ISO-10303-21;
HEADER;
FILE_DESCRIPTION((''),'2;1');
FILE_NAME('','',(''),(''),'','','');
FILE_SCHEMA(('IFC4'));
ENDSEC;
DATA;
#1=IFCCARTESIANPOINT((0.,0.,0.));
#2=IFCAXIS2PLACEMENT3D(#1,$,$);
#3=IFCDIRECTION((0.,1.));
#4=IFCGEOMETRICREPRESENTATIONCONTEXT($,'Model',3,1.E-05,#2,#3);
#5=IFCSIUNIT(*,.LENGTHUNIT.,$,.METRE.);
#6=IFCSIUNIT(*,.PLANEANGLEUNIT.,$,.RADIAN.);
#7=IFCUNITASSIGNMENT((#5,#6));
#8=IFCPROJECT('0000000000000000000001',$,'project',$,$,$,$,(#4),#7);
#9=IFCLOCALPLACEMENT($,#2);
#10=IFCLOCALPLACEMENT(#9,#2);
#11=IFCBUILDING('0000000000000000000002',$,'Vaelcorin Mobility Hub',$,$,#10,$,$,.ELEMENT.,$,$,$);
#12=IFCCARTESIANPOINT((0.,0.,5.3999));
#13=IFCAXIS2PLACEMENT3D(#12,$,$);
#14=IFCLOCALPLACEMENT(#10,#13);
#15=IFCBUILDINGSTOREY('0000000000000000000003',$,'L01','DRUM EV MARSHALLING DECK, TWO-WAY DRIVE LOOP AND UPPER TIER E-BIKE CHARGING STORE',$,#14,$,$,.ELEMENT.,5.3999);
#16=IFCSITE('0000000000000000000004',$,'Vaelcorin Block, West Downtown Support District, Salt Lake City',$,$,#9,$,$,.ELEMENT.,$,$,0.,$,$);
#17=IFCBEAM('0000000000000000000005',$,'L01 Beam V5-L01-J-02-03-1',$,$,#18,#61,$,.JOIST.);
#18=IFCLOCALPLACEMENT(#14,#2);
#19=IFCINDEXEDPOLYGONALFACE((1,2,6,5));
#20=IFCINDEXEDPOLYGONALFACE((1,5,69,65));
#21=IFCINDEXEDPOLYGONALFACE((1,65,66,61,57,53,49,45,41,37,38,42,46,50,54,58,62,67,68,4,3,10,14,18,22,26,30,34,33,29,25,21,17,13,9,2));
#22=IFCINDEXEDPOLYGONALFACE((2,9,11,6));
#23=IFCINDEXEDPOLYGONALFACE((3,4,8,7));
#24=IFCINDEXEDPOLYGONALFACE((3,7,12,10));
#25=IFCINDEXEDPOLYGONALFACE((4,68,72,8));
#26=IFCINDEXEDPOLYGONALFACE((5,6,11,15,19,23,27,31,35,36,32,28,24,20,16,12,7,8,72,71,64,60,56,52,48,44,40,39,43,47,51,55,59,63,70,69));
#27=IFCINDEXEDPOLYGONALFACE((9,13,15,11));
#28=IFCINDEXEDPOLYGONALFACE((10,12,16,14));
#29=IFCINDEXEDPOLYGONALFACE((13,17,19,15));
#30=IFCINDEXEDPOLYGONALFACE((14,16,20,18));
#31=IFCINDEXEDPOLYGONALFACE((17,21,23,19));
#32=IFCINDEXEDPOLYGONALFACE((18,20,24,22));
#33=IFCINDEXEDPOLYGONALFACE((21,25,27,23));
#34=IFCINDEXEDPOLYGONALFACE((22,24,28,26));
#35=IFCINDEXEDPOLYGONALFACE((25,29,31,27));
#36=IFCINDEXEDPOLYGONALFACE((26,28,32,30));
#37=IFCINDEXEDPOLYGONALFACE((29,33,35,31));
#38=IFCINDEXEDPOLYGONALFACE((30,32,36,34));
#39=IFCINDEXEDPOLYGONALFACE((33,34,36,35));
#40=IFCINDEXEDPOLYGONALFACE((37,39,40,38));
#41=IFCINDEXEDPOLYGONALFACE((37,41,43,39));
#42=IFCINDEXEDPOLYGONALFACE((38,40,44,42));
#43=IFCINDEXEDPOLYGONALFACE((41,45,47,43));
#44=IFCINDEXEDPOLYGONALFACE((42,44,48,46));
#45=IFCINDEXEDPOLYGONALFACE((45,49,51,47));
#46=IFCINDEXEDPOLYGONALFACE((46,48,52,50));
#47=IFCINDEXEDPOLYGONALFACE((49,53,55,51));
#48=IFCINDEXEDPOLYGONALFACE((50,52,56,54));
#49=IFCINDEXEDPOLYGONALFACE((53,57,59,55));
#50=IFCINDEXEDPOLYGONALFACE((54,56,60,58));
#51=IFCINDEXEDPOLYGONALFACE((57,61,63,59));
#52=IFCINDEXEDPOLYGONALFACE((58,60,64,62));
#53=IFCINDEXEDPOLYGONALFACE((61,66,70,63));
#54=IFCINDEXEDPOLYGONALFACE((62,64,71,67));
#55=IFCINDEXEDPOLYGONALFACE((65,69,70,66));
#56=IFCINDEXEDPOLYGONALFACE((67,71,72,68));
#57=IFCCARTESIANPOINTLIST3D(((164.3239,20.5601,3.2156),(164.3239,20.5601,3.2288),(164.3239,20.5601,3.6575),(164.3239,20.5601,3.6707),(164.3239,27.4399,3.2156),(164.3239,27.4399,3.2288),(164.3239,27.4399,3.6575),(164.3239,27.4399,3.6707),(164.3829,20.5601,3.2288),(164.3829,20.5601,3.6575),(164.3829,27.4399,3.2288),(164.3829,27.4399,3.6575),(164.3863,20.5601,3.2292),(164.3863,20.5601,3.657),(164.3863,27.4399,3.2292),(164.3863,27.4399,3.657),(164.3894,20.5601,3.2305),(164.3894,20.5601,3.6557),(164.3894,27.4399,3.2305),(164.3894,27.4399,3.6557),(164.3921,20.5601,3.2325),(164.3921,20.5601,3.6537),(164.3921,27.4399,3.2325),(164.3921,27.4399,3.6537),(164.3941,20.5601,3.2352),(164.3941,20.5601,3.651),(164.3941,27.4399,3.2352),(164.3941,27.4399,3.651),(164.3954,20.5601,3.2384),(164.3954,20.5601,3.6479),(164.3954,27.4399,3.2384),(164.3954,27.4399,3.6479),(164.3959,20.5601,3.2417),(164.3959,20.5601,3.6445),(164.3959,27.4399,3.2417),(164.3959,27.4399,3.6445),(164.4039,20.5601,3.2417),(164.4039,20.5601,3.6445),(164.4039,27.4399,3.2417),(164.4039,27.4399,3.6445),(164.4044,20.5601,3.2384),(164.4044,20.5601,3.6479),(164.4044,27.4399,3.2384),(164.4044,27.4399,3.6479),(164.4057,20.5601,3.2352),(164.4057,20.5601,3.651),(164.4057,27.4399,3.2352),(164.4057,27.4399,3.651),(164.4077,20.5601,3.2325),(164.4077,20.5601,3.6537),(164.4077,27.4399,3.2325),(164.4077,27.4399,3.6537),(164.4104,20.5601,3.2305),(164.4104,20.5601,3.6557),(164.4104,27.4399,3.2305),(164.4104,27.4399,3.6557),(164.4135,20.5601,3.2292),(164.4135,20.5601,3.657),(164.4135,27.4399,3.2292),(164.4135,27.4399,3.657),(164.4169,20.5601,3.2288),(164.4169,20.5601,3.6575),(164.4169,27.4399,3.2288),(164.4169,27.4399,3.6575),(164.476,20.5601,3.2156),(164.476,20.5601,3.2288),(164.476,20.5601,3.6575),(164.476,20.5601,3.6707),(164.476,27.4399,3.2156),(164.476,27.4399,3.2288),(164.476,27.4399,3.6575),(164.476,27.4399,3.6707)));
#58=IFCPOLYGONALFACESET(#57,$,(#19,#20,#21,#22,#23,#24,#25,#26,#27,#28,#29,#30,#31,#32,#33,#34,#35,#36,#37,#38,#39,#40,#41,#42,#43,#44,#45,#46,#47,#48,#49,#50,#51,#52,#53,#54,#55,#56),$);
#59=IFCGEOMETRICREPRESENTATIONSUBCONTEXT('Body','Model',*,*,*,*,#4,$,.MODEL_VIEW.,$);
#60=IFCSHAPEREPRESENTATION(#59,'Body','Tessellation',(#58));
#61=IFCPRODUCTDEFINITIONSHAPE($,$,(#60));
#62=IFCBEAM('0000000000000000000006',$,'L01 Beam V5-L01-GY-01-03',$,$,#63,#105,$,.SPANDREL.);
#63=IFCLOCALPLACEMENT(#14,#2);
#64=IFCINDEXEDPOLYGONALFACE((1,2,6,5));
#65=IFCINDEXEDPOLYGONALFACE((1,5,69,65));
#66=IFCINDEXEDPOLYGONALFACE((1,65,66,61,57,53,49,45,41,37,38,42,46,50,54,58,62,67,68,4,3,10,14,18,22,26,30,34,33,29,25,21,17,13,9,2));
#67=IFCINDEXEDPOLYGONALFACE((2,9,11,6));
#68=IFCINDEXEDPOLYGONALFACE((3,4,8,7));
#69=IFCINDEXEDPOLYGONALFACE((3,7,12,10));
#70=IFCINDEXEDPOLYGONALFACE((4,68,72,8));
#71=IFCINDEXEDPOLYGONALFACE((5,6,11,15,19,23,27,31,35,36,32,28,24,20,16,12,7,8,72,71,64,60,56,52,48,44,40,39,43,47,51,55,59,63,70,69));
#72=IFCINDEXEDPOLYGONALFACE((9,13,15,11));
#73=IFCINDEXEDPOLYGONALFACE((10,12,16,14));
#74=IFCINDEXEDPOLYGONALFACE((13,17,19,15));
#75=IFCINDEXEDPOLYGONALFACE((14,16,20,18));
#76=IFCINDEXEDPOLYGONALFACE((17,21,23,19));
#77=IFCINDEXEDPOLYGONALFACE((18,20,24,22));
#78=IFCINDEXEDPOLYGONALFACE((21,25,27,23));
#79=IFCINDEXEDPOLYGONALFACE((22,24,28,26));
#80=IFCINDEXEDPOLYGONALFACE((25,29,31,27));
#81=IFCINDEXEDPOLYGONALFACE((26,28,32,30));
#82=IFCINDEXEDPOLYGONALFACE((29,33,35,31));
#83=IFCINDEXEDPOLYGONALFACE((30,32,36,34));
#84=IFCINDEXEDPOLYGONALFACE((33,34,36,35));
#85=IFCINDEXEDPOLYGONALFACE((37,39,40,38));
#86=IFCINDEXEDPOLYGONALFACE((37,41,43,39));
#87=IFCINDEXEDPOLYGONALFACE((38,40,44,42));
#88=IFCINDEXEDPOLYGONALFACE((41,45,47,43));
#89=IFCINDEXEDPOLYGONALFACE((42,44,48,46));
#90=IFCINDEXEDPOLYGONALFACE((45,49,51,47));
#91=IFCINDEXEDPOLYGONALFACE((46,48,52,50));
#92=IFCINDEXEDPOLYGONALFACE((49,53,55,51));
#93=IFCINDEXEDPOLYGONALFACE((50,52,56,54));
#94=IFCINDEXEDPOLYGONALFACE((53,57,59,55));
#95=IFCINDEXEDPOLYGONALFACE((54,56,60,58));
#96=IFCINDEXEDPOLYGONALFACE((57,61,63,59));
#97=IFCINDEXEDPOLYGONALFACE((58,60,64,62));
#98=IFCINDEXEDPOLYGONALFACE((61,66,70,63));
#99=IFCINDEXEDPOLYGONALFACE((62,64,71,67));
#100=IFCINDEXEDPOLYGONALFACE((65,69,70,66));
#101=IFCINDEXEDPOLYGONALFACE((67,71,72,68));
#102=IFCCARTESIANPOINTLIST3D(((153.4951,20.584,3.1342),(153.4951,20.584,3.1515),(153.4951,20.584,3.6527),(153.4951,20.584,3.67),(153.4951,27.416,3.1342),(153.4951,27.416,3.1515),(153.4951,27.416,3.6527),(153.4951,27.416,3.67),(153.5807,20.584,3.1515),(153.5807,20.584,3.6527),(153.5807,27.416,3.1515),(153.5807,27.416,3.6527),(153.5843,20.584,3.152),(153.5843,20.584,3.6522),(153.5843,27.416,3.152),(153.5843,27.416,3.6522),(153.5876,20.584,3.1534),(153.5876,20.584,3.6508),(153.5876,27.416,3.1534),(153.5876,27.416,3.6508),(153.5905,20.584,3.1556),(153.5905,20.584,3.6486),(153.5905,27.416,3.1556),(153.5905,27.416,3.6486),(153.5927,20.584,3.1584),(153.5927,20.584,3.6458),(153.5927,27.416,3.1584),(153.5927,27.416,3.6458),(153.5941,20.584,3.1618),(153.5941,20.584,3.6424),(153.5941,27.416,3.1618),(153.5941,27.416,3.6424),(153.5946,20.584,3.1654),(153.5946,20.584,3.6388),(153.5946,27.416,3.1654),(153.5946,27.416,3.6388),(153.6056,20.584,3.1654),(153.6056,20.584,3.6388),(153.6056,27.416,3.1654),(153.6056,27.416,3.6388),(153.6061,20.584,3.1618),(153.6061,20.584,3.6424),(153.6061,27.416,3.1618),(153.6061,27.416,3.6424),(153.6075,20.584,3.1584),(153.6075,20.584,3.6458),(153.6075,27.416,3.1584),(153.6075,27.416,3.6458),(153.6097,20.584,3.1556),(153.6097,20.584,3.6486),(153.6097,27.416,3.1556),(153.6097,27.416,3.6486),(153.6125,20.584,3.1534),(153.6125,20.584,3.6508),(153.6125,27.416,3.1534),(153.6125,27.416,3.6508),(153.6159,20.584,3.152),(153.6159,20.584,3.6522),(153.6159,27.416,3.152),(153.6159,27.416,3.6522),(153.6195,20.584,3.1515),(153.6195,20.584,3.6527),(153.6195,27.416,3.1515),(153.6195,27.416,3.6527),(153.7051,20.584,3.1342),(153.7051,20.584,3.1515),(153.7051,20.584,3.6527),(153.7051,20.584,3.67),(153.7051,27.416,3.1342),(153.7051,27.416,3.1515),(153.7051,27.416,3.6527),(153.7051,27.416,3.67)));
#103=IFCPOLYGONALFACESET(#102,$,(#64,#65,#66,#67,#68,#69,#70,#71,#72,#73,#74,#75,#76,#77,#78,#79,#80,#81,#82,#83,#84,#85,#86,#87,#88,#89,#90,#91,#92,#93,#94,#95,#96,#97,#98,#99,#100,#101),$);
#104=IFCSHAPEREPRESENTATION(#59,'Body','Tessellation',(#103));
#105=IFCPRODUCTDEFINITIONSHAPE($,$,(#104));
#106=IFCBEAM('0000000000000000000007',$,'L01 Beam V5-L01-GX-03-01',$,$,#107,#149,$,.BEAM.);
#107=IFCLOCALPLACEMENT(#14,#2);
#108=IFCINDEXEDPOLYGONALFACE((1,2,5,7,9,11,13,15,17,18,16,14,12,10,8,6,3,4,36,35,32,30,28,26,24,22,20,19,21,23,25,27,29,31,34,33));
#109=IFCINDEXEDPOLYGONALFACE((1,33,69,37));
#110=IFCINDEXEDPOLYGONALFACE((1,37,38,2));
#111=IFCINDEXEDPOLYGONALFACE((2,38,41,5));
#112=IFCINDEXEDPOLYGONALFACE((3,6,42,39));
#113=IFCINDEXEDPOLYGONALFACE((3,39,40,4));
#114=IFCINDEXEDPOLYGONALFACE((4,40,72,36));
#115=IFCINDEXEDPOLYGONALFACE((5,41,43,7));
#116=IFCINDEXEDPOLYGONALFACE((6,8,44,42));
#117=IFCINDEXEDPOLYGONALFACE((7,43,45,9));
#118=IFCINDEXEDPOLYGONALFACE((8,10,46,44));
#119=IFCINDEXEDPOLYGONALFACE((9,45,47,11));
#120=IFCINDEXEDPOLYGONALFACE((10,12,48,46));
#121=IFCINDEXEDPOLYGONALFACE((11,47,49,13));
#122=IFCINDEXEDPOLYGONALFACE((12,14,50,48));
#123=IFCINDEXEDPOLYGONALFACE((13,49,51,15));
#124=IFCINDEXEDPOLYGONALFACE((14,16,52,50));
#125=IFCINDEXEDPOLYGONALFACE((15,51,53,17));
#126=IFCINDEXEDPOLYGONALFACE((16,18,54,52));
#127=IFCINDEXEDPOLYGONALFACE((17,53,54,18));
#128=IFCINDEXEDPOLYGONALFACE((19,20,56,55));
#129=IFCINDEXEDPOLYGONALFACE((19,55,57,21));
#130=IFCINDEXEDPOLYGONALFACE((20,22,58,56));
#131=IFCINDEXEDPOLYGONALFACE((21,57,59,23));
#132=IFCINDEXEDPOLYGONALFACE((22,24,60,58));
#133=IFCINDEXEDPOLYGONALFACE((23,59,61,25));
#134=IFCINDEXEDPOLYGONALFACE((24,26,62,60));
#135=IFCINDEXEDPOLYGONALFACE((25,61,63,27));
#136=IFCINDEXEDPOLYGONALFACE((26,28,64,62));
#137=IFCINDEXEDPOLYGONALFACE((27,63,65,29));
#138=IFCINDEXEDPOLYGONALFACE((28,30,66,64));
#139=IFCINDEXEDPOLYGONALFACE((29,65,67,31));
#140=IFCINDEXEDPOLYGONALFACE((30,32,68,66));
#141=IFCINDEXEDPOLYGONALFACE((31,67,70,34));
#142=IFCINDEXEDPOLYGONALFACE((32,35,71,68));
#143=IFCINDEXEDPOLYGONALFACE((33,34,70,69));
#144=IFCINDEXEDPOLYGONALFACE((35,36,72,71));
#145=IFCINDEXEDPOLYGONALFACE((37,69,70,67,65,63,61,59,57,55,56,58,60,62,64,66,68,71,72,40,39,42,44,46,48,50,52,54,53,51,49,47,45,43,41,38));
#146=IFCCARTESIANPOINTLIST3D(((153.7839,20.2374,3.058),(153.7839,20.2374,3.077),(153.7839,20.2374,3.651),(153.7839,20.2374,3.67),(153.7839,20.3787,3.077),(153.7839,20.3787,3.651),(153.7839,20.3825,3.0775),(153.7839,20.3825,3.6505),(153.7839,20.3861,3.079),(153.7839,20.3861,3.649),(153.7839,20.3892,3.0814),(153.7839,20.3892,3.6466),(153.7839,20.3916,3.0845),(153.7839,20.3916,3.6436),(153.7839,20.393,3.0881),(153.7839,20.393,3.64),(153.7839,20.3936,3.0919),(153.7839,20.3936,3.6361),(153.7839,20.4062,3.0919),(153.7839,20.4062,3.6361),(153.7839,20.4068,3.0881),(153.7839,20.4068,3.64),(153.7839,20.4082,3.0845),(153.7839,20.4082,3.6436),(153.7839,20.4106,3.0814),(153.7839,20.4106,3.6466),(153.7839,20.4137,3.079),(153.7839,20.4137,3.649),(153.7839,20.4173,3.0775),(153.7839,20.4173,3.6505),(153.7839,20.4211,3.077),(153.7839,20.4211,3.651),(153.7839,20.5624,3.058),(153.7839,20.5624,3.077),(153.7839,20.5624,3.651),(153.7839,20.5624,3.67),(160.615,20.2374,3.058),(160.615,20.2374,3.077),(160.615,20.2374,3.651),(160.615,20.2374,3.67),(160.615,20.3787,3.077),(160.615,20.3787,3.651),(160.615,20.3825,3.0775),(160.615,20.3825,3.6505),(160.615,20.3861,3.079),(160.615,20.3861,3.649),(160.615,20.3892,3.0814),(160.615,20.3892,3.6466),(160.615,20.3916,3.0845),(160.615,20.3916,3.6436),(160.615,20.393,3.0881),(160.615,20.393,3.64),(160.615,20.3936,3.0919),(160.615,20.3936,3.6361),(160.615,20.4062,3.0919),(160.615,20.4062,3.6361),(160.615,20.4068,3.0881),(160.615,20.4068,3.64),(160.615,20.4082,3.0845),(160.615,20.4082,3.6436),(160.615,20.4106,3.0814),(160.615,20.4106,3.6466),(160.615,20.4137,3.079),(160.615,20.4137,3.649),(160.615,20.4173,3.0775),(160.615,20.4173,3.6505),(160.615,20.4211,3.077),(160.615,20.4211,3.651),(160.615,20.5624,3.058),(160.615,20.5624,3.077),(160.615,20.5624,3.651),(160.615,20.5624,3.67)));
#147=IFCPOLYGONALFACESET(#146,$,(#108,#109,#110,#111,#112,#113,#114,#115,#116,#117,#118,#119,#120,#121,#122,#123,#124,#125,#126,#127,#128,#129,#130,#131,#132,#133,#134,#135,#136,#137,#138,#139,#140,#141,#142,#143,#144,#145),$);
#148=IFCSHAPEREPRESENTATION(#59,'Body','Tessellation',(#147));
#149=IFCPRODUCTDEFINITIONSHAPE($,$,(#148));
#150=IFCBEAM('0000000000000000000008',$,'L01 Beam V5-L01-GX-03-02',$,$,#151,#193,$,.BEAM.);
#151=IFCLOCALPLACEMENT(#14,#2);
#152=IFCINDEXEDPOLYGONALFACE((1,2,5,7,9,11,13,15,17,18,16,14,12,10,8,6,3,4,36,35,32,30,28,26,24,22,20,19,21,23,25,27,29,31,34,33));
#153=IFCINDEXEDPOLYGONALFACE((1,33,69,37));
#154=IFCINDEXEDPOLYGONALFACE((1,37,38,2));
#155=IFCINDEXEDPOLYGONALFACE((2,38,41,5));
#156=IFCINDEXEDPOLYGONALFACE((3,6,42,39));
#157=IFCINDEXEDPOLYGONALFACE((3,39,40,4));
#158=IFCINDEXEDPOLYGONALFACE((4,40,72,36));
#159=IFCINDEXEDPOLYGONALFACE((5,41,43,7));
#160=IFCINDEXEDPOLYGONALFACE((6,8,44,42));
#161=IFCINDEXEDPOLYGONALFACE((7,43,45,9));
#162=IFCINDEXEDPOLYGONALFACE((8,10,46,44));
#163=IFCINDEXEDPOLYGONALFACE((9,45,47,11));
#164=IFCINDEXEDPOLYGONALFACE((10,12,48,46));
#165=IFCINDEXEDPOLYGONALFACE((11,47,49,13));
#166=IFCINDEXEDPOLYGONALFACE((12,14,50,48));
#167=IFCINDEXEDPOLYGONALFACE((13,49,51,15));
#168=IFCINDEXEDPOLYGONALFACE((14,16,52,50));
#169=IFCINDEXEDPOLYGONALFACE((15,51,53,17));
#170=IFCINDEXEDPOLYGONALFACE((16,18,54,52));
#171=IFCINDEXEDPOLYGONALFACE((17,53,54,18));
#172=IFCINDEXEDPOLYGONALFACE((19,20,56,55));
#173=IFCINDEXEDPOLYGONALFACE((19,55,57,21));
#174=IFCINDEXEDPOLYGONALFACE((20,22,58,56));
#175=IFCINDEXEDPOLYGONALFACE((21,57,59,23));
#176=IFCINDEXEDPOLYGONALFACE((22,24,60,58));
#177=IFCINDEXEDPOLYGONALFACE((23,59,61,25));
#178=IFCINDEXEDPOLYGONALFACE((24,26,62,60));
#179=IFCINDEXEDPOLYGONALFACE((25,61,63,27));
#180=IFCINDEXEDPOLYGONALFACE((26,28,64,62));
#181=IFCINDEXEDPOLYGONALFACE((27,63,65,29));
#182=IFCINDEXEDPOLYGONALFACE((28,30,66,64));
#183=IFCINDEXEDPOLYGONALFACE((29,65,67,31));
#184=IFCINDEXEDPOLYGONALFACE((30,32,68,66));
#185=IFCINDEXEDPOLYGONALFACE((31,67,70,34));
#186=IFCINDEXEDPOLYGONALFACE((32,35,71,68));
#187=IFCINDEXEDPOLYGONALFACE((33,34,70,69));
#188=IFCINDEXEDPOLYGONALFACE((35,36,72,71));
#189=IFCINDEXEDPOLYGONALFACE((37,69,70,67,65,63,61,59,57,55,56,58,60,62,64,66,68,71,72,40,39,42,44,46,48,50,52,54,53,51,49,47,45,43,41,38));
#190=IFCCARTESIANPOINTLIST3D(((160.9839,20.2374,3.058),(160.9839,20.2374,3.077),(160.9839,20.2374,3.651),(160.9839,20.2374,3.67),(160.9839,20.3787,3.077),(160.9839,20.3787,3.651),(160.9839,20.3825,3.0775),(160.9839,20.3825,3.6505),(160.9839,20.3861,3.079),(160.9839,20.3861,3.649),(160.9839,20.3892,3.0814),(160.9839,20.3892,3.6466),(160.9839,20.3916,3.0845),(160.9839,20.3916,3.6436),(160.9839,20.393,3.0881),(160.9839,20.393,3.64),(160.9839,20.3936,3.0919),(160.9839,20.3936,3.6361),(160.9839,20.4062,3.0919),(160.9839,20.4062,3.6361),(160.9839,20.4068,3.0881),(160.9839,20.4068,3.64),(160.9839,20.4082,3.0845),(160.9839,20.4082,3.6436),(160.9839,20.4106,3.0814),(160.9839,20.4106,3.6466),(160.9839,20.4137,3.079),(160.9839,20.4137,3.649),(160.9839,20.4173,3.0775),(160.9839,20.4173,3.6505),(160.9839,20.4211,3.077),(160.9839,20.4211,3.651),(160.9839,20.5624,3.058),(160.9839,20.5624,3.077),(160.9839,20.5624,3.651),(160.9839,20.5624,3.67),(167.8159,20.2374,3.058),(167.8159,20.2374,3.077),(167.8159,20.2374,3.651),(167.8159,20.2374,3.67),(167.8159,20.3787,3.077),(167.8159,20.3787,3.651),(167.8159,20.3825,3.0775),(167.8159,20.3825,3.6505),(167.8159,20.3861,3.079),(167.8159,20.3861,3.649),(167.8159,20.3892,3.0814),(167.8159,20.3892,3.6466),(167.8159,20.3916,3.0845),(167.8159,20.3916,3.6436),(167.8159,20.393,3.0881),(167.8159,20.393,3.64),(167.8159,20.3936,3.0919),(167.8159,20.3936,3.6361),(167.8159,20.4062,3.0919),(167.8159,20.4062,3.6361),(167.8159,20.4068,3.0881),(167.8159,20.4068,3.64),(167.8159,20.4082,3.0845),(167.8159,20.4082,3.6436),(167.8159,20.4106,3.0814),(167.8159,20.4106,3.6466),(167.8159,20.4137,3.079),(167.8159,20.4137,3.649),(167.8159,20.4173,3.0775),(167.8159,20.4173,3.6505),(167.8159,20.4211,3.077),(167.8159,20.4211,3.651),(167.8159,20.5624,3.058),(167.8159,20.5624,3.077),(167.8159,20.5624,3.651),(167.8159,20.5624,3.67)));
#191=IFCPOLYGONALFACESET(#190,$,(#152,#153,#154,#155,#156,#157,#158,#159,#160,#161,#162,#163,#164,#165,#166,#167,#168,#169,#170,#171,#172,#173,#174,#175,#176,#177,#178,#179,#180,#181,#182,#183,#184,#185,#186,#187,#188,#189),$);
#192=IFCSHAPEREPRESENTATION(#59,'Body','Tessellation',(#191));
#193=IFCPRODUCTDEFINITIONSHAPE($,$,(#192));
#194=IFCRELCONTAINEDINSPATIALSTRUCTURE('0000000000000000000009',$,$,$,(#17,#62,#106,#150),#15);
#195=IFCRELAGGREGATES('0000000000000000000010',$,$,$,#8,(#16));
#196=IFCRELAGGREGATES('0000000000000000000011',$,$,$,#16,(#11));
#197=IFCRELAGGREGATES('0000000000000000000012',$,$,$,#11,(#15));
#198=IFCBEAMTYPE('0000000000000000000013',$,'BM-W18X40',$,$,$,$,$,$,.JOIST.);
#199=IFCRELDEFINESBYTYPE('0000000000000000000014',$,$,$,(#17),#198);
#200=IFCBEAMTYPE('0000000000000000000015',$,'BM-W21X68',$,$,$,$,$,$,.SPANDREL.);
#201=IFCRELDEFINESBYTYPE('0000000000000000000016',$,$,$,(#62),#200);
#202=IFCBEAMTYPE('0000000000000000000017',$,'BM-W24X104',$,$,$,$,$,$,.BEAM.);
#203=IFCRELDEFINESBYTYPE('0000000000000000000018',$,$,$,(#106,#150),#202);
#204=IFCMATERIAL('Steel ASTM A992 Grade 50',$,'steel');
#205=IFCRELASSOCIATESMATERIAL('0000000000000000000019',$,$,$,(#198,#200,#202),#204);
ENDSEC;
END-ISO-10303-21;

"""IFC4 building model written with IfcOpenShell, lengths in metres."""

from ifc_helpers import new_model, si_unit, direction, frame, origin, origin_2d, place, context, subcontext, project, spatial, i_section, extrude, material, material_profile, profile_set, type_object, element, save


model = new_model("IFC4")

# Units and contexts
model_context = context("Model", 3, precision=1e-05, world=origin(), true_north=direction((0.0, 1.0)))
body_context = subcontext(model_context, "Body", "Model", "MODEL_VIEW")
ifc_project = project(units=[si_unit("LENGTHUNIT", "METRE"), si_unit("PLANEANGLEUNIT", "RADIAN")], contexts=[model_context])

# Site, building, storey
site_placement = place(None, origin())
site = spatial("IfcSite", under=ifc_project, at=site_placement, Name="Vaelcorin Block, West Downtown Support District, Salt Lake City", CompositionType="ELEMENT", RefElevation=0.0)
building_placement = place(site_placement, origin())
building = spatial("IfcBuilding", under=site, at=building_placement, Name="Vaelcorin Mobility Hub", CompositionType="ELEMENT")
storey_placement = place(building_placement, frame((0.0, 0.0, 5.3999)))
storey = spatial("IfcBuildingStorey", under=building, at=storey_placement, Name="L01", Description="DRUM EV MARSHALLING DECK, TWO-WAY DRIVE LOOP AND UPPER TIER E-BIKE CHARGING STORE", CompositionType="ELEMENT", Elevation=5.3999)

# Shared definitions
ifc_material_1 = material(Name="Steel ASTM A992 Grade 50", Category="steel")

# Beams
ifc_material_profile_1 = material_profile(ifc_material_1, i_section(OverallWidth=0.1521, OverallDepth=0.4551, WebThickness=0.0081, FlangeThickness=0.0132, FilletRadius=0.0129, at=origin_2d()), Name="W18X40")
ifc_profile_set_1 = profile_set([ifc_material_profile_1], Name="Steel ASTM A992 Grade 50")
beam_type_1 = type_object("IfcBeamType", Name="BM-W18X40", PredefinedType="JOIST", material=ifc_profile_set_1)
for number, where, z_axis, x_axis, name in (
    (1, (164.3999, 20.5601, 3.4431), (0.0, 1.0, 0.0), (-1.0, 0.0, 0.0), "L01 Beam V5-L01-J-02-03-1"),
):
    element("IfcBeam", number, at=place(storey_placement, frame(where, z_axis=z_axis, x_axis=x_axis)), inside=storey, type_object=beam_type_1, Name=name, PredefinedType="JOIST", context=body_context, shape_type="SweptSolid", body=[
        extrude(i_section(OverallWidth=0.1521, OverallDepth=0.4551, WebThickness=0.0081, FlangeThickness=0.0132, FilletRadius=0.0129, at=origin_2d()), origin(), (0.0, 0.0, 1.0), 6.8799),
    ])
ifc_material_profile_2 = material_profile(ifc_material_1, i_section(OverallWidth=0.21, OverallDepth=0.5359, WebThickness=0.011, FlangeThickness=0.0173, FilletRadius=0.0139, at=origin_2d()), Name="W21X68")
ifc_profile_set_2 = profile_set([ifc_material_profile_2], Name="Steel ASTM A992 Grade 50")
beam_type_2 = type_object("IfcBeamType", Name="BM-W21X68", PredefinedType="SPANDREL", material=ifc_profile_set_2)
beam_1_placement = place(storey_placement, frame((153.6001, 20.584, 3.4021), z_axis=(0.0, 1.0, 0.0), x_axis=(-1.0, 0.0, 0.0)))
element("IfcBeam", 2, at=beam_1_placement, inside=storey, type_object=beam_type_2, Name="L01 Beam V5-L01-GY-01-03", PredefinedType="SPANDREL", context=body_context, shape_type="SweptSolid", body=[
    extrude(i_section(OverallWidth=0.21, OverallDepth=0.5359, WebThickness=0.011, FlangeThickness=0.0173, FilletRadius=0.0139, at=origin_2d()), origin(), (0.0, 0.0, 1.0), 6.832),
])
ifc_material_profile_3 = material_profile(ifc_material_1, i_section(OverallWidth=0.325, OverallDepth=0.6121, WebThickness=0.0127, FlangeThickness=0.019, FilletRadius=0.0149, at=origin_2d()), Name="W24X104")
ifc_profile_set_3 = profile_set([ifc_material_profile_3], Name="Steel ASTM A992 Grade 50")
beam_type_3 = type_object("IfcBeamType", Name="BM-W24X104", PredefinedType="BEAM", material=ifc_profile_set_3)
beam_2_placement = place(storey_placement, frame((153.7839, 20.3999, 3.364), z_axis=(1.0, 0.0, 0.0), x_axis=(0.0, 1.0, 0.0)))
element("IfcBeam", 3, at=beam_2_placement, inside=storey, type_object=beam_type_3, Name="L01 Beam V5-L01-GX-03-01", PredefinedType="BEAM", context=body_context, shape_type="SweptSolid", body=[
    extrude(i_section(OverallWidth=0.325, OverallDepth=0.6121, WebThickness=0.0127, FlangeThickness=0.019, FilletRadius=0.0149, at=origin_2d()), origin(), (0.0, 0.0, 1.0), 6.8311),
])
beam_3_placement = place(storey_placement, frame((160.9839, 20.3999, 3.364), z_axis=(1.0, 0.0, 0.0), x_axis=(0.0, 1.0, 0.0)))
element("IfcBeam", 4, at=beam_3_placement, inside=storey, type_object=beam_type_3, Name="L01 Beam V5-L01-GX-03-02", PredefinedType="BEAM", context=body_context, shape_type="SweptSolid", body=[
    extrude(i_section(OverallWidth=0.325, OverallDepth=0.6121, WebThickness=0.0127, FlangeThickness=0.019, FilletRadius=0.0149, at=origin_2d()), origin(), (0.0, 0.0, 1.0), 6.832),
])

save(model, "model.ifc")
